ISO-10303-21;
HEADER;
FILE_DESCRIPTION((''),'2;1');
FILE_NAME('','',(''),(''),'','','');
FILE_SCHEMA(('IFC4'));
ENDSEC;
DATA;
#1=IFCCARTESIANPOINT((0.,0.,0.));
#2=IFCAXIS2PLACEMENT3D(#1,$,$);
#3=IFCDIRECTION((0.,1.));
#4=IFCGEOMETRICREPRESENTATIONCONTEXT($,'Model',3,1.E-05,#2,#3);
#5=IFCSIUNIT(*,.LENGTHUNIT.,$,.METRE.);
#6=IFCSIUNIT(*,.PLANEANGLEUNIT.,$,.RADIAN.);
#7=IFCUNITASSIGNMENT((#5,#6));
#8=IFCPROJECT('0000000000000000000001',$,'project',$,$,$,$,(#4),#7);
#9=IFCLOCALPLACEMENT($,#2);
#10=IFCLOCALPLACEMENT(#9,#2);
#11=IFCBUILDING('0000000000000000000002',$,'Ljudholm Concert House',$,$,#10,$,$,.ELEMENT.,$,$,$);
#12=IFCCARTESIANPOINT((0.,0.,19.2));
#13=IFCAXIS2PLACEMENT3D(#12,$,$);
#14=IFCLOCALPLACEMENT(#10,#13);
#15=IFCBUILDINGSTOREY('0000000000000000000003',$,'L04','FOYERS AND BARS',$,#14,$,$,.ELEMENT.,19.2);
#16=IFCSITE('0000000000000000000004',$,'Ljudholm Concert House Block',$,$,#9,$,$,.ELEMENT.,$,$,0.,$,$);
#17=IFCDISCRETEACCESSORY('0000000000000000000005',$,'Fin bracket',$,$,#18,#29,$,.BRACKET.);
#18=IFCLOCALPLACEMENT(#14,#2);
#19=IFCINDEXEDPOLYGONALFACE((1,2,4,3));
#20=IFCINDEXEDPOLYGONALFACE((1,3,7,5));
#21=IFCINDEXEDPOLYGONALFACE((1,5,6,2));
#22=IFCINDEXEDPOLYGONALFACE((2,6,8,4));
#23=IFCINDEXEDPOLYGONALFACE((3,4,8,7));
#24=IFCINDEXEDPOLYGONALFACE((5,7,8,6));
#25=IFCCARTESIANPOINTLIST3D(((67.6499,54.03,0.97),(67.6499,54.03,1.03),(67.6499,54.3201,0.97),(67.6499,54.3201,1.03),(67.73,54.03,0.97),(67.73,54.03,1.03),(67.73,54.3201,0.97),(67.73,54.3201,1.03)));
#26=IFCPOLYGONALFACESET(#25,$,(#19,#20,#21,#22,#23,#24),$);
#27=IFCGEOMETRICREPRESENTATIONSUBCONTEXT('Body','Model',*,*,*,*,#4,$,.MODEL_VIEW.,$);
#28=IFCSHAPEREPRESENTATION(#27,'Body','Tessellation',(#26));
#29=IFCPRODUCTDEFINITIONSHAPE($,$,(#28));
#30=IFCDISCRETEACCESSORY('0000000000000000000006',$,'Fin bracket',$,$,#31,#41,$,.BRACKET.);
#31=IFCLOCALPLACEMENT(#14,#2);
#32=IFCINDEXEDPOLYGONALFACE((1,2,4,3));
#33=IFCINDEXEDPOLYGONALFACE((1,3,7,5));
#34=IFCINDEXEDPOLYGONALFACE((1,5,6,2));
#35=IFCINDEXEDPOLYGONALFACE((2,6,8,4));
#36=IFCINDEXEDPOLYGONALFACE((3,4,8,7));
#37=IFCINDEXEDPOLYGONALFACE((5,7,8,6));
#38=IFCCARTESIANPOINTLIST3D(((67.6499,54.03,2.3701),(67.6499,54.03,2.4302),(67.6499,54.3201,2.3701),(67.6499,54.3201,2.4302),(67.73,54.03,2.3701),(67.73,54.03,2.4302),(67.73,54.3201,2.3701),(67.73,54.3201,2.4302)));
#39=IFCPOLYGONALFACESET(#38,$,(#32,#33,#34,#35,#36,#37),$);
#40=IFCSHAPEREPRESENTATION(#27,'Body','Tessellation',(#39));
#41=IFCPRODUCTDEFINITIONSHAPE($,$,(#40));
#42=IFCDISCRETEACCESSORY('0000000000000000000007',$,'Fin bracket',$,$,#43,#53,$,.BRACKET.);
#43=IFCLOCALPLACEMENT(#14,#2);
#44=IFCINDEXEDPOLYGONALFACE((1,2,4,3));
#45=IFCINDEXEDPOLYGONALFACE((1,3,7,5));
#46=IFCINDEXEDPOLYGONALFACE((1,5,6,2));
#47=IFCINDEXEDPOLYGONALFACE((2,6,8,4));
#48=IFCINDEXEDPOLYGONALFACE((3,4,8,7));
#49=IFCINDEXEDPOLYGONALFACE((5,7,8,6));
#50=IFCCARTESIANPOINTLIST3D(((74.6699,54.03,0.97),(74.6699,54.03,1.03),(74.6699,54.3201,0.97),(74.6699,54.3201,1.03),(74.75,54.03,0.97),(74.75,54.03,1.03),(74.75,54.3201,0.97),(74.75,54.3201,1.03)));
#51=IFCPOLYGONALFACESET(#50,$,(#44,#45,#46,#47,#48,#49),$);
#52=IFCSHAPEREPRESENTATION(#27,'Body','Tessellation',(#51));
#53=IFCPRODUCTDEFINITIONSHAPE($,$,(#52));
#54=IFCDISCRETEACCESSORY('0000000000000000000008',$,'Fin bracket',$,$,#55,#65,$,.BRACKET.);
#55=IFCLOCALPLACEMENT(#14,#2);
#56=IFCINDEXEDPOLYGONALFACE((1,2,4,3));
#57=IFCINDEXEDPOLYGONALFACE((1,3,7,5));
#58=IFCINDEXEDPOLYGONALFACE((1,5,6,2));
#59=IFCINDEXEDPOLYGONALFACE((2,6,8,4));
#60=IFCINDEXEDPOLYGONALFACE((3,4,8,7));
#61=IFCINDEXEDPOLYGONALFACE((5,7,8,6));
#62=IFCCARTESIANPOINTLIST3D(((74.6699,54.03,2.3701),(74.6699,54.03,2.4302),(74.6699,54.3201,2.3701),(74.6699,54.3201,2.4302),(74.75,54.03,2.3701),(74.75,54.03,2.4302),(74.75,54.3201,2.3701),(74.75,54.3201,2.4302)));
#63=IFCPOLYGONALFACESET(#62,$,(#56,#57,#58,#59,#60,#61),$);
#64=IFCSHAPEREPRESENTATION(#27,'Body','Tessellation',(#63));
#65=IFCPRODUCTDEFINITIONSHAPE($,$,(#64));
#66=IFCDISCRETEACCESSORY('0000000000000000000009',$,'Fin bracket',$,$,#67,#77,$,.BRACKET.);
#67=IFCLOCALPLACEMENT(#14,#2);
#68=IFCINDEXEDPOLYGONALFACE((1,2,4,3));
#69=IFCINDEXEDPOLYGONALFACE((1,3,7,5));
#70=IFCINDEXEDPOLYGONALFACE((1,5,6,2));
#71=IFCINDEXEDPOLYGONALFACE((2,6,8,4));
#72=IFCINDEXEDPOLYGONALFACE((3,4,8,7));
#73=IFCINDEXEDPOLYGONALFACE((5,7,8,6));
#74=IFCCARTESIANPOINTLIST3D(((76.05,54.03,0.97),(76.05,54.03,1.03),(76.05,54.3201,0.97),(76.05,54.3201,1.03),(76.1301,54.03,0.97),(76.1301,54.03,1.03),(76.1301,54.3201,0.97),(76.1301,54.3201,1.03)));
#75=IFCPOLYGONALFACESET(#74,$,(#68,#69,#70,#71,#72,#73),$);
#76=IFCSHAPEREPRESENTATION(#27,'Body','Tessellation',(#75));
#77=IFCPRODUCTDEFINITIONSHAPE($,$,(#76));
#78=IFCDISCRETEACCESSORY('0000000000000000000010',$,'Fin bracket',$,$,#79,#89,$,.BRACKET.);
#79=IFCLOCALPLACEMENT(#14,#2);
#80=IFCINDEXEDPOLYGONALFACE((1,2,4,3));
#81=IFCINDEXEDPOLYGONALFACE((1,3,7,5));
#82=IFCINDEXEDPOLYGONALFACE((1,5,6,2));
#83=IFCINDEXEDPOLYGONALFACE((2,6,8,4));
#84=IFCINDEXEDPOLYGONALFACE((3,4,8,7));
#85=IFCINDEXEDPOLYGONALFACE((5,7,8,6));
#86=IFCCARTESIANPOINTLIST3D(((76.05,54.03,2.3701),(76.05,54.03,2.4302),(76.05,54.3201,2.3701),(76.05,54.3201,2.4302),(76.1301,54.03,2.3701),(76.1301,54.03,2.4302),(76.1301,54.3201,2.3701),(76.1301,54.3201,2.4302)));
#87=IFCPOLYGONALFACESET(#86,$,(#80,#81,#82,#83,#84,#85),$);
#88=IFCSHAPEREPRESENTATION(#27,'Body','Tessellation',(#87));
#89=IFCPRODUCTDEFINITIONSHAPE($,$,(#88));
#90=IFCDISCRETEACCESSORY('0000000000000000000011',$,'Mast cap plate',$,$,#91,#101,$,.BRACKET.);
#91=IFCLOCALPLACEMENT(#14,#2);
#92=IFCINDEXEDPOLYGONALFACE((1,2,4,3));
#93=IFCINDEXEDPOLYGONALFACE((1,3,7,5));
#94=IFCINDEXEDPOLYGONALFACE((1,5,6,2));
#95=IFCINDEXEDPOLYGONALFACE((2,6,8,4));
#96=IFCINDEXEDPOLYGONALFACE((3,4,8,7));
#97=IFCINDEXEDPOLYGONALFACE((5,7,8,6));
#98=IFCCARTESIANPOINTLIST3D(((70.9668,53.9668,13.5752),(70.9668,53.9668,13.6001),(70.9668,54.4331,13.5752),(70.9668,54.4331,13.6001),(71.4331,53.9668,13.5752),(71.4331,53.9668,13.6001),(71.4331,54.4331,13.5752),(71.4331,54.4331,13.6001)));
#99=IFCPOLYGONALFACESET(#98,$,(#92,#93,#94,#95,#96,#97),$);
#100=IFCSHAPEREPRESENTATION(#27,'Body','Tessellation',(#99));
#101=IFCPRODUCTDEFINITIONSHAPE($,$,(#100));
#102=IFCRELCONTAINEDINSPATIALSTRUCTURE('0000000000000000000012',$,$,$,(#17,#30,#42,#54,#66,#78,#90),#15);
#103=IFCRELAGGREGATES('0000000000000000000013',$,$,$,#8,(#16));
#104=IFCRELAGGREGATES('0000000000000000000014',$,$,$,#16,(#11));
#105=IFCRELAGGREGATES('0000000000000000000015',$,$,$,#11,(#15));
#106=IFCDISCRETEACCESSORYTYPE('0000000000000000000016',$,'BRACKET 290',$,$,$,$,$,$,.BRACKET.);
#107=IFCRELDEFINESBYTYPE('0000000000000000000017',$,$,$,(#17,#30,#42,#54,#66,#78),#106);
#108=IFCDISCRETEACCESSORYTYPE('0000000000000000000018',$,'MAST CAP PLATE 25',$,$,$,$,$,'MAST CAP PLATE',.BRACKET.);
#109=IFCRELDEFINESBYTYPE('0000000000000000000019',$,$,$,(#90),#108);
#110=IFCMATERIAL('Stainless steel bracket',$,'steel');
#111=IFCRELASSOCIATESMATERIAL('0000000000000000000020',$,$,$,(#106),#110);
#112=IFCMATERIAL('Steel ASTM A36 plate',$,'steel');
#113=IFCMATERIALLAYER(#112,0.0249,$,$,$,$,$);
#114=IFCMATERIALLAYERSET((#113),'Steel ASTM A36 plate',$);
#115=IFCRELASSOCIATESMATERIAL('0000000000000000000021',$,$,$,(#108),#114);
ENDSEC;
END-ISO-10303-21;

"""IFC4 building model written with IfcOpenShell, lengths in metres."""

from ifc_helpers import new_model, si_unit, direction, frame, origin, origin_2d, place, context, subcontext, project, spatial, rectangle, extrude, material, layer, layer_set, type_object, element, save


model = new_model("IFC4")

# Units and contexts
model_context = context("Model", 3, precision=1e-05, world=origin(), true_north=direction((0.0, 1.0)))
body_context = subcontext(model_context, "Body", "Model", "MODEL_VIEW")
ifc_project = project(units=[si_unit("LENGTHUNIT", "METRE"), si_unit("PLANEANGLEUNIT", "RADIAN")], contexts=[model_context])

# Site, building, storey
site_placement = place(None, origin())
site = spatial("IfcSite", under=ifc_project, at=site_placement, Name="Ljudholm Concert House Block", CompositionType="ELEMENT", RefElevation=0.0)
building_placement = place(site_placement, origin())
building = spatial("IfcBuilding", under=site, at=building_placement, Name="Ljudholm Concert House", CompositionType="ELEMENT")
storey_placement = place(building_placement, frame((0.0, 0.0, 19.2)))
storey = spatial("IfcBuildingStorey", under=building, at=storey_placement, Name="L04", Description="FOYERS AND BARS", CompositionType="ELEMENT", Elevation=19.2)

# Discrete accessories
ifc_material_1 = material(Name="Stainless steel bracket", Category="steel")
discrete_accessory_type_1 = type_object("IfcDiscreteAccessoryType", Name="BRACKET 290", PredefinedType="BRACKET", material=ifc_material_1)
for number, where, z_axis, x_axis, name in (
    (1, (67.6899, 54.175, 0.97), (0.0, 0.0, 1.0), (0.0, -1.0, 0.0), "Fin bracket"),
    (2, (67.6899, 54.175, 2.3701), (0.0, 0.0, 1.0), (0.0, -1.0, 0.0), "Fin bracket"),
    (3, (74.71, 54.175, 0.97), (0.0, 0.0, 1.0), (0.0, -1.0, 0.0), "Fin bracket"),
    (4, (74.71, 54.175, 2.3701), (0.0, 0.0, 1.0), (0.0, -1.0, 0.0), "Fin bracket"),
    (5, (76.0901, 54.175, 0.97), (0.0, 0.0, 1.0), (0.0, -1.0, 0.0), "Fin bracket"),
    (6, (76.0901, 54.175, 2.3701), (0.0, 0.0, 1.0), (0.0, -1.0, 0.0), "Fin bracket"),
):
    element("IfcDiscreteAccessory", number, at=place(storey_placement, frame(where, z_axis=z_axis, x_axis=x_axis)), inside=storey, type_object=discrete_accessory_type_1, Name=name, PredefinedType="BRACKET", context=body_context, shape_type="SweptSolid", body=[
        extrude(rectangle(XDim=0.29, YDim=0.0801, at=origin_2d()), origin(), (0.0, 0.0, 1.0), 0.0601),
    ])
ifc_material_2 = material(Name="Steel ASTM A36 plate", Category="steel")
ifc_layer_1 = layer(ifc_material_2, 0.0249)
ifc_layer_set_1 = layer_set([ifc_layer_1], Name="Steel ASTM A36 plate")
discrete_accessory_type_2 = type_object("IfcDiscreteAccessoryType", Name="MAST CAP PLATE 25", ElementType="MAST CAP PLATE", PredefinedType="BRACKET", material=ifc_layer_set_1)
discrete_accessory_placement = place(storey_placement, frame((71.2, 54.2, 13.5752), z_axis=(0.0, 0.0, 1.0), x_axis=(1.0, 0.0, 0.0)))
element("IfcDiscreteAccessory", 7, at=discrete_accessory_placement, inside=storey, type_object=discrete_accessory_type_2, Name="Mast cap plate", PredefinedType="BRACKET", context=body_context, shape_type="SweptSolid", body=[
    extrude(rectangle(XDim=0.4663, YDim=0.4663, at=origin_2d()), origin(), (0.0, 0.0, 1.0), 0.0249),
])

save(model, "model.ifc")
